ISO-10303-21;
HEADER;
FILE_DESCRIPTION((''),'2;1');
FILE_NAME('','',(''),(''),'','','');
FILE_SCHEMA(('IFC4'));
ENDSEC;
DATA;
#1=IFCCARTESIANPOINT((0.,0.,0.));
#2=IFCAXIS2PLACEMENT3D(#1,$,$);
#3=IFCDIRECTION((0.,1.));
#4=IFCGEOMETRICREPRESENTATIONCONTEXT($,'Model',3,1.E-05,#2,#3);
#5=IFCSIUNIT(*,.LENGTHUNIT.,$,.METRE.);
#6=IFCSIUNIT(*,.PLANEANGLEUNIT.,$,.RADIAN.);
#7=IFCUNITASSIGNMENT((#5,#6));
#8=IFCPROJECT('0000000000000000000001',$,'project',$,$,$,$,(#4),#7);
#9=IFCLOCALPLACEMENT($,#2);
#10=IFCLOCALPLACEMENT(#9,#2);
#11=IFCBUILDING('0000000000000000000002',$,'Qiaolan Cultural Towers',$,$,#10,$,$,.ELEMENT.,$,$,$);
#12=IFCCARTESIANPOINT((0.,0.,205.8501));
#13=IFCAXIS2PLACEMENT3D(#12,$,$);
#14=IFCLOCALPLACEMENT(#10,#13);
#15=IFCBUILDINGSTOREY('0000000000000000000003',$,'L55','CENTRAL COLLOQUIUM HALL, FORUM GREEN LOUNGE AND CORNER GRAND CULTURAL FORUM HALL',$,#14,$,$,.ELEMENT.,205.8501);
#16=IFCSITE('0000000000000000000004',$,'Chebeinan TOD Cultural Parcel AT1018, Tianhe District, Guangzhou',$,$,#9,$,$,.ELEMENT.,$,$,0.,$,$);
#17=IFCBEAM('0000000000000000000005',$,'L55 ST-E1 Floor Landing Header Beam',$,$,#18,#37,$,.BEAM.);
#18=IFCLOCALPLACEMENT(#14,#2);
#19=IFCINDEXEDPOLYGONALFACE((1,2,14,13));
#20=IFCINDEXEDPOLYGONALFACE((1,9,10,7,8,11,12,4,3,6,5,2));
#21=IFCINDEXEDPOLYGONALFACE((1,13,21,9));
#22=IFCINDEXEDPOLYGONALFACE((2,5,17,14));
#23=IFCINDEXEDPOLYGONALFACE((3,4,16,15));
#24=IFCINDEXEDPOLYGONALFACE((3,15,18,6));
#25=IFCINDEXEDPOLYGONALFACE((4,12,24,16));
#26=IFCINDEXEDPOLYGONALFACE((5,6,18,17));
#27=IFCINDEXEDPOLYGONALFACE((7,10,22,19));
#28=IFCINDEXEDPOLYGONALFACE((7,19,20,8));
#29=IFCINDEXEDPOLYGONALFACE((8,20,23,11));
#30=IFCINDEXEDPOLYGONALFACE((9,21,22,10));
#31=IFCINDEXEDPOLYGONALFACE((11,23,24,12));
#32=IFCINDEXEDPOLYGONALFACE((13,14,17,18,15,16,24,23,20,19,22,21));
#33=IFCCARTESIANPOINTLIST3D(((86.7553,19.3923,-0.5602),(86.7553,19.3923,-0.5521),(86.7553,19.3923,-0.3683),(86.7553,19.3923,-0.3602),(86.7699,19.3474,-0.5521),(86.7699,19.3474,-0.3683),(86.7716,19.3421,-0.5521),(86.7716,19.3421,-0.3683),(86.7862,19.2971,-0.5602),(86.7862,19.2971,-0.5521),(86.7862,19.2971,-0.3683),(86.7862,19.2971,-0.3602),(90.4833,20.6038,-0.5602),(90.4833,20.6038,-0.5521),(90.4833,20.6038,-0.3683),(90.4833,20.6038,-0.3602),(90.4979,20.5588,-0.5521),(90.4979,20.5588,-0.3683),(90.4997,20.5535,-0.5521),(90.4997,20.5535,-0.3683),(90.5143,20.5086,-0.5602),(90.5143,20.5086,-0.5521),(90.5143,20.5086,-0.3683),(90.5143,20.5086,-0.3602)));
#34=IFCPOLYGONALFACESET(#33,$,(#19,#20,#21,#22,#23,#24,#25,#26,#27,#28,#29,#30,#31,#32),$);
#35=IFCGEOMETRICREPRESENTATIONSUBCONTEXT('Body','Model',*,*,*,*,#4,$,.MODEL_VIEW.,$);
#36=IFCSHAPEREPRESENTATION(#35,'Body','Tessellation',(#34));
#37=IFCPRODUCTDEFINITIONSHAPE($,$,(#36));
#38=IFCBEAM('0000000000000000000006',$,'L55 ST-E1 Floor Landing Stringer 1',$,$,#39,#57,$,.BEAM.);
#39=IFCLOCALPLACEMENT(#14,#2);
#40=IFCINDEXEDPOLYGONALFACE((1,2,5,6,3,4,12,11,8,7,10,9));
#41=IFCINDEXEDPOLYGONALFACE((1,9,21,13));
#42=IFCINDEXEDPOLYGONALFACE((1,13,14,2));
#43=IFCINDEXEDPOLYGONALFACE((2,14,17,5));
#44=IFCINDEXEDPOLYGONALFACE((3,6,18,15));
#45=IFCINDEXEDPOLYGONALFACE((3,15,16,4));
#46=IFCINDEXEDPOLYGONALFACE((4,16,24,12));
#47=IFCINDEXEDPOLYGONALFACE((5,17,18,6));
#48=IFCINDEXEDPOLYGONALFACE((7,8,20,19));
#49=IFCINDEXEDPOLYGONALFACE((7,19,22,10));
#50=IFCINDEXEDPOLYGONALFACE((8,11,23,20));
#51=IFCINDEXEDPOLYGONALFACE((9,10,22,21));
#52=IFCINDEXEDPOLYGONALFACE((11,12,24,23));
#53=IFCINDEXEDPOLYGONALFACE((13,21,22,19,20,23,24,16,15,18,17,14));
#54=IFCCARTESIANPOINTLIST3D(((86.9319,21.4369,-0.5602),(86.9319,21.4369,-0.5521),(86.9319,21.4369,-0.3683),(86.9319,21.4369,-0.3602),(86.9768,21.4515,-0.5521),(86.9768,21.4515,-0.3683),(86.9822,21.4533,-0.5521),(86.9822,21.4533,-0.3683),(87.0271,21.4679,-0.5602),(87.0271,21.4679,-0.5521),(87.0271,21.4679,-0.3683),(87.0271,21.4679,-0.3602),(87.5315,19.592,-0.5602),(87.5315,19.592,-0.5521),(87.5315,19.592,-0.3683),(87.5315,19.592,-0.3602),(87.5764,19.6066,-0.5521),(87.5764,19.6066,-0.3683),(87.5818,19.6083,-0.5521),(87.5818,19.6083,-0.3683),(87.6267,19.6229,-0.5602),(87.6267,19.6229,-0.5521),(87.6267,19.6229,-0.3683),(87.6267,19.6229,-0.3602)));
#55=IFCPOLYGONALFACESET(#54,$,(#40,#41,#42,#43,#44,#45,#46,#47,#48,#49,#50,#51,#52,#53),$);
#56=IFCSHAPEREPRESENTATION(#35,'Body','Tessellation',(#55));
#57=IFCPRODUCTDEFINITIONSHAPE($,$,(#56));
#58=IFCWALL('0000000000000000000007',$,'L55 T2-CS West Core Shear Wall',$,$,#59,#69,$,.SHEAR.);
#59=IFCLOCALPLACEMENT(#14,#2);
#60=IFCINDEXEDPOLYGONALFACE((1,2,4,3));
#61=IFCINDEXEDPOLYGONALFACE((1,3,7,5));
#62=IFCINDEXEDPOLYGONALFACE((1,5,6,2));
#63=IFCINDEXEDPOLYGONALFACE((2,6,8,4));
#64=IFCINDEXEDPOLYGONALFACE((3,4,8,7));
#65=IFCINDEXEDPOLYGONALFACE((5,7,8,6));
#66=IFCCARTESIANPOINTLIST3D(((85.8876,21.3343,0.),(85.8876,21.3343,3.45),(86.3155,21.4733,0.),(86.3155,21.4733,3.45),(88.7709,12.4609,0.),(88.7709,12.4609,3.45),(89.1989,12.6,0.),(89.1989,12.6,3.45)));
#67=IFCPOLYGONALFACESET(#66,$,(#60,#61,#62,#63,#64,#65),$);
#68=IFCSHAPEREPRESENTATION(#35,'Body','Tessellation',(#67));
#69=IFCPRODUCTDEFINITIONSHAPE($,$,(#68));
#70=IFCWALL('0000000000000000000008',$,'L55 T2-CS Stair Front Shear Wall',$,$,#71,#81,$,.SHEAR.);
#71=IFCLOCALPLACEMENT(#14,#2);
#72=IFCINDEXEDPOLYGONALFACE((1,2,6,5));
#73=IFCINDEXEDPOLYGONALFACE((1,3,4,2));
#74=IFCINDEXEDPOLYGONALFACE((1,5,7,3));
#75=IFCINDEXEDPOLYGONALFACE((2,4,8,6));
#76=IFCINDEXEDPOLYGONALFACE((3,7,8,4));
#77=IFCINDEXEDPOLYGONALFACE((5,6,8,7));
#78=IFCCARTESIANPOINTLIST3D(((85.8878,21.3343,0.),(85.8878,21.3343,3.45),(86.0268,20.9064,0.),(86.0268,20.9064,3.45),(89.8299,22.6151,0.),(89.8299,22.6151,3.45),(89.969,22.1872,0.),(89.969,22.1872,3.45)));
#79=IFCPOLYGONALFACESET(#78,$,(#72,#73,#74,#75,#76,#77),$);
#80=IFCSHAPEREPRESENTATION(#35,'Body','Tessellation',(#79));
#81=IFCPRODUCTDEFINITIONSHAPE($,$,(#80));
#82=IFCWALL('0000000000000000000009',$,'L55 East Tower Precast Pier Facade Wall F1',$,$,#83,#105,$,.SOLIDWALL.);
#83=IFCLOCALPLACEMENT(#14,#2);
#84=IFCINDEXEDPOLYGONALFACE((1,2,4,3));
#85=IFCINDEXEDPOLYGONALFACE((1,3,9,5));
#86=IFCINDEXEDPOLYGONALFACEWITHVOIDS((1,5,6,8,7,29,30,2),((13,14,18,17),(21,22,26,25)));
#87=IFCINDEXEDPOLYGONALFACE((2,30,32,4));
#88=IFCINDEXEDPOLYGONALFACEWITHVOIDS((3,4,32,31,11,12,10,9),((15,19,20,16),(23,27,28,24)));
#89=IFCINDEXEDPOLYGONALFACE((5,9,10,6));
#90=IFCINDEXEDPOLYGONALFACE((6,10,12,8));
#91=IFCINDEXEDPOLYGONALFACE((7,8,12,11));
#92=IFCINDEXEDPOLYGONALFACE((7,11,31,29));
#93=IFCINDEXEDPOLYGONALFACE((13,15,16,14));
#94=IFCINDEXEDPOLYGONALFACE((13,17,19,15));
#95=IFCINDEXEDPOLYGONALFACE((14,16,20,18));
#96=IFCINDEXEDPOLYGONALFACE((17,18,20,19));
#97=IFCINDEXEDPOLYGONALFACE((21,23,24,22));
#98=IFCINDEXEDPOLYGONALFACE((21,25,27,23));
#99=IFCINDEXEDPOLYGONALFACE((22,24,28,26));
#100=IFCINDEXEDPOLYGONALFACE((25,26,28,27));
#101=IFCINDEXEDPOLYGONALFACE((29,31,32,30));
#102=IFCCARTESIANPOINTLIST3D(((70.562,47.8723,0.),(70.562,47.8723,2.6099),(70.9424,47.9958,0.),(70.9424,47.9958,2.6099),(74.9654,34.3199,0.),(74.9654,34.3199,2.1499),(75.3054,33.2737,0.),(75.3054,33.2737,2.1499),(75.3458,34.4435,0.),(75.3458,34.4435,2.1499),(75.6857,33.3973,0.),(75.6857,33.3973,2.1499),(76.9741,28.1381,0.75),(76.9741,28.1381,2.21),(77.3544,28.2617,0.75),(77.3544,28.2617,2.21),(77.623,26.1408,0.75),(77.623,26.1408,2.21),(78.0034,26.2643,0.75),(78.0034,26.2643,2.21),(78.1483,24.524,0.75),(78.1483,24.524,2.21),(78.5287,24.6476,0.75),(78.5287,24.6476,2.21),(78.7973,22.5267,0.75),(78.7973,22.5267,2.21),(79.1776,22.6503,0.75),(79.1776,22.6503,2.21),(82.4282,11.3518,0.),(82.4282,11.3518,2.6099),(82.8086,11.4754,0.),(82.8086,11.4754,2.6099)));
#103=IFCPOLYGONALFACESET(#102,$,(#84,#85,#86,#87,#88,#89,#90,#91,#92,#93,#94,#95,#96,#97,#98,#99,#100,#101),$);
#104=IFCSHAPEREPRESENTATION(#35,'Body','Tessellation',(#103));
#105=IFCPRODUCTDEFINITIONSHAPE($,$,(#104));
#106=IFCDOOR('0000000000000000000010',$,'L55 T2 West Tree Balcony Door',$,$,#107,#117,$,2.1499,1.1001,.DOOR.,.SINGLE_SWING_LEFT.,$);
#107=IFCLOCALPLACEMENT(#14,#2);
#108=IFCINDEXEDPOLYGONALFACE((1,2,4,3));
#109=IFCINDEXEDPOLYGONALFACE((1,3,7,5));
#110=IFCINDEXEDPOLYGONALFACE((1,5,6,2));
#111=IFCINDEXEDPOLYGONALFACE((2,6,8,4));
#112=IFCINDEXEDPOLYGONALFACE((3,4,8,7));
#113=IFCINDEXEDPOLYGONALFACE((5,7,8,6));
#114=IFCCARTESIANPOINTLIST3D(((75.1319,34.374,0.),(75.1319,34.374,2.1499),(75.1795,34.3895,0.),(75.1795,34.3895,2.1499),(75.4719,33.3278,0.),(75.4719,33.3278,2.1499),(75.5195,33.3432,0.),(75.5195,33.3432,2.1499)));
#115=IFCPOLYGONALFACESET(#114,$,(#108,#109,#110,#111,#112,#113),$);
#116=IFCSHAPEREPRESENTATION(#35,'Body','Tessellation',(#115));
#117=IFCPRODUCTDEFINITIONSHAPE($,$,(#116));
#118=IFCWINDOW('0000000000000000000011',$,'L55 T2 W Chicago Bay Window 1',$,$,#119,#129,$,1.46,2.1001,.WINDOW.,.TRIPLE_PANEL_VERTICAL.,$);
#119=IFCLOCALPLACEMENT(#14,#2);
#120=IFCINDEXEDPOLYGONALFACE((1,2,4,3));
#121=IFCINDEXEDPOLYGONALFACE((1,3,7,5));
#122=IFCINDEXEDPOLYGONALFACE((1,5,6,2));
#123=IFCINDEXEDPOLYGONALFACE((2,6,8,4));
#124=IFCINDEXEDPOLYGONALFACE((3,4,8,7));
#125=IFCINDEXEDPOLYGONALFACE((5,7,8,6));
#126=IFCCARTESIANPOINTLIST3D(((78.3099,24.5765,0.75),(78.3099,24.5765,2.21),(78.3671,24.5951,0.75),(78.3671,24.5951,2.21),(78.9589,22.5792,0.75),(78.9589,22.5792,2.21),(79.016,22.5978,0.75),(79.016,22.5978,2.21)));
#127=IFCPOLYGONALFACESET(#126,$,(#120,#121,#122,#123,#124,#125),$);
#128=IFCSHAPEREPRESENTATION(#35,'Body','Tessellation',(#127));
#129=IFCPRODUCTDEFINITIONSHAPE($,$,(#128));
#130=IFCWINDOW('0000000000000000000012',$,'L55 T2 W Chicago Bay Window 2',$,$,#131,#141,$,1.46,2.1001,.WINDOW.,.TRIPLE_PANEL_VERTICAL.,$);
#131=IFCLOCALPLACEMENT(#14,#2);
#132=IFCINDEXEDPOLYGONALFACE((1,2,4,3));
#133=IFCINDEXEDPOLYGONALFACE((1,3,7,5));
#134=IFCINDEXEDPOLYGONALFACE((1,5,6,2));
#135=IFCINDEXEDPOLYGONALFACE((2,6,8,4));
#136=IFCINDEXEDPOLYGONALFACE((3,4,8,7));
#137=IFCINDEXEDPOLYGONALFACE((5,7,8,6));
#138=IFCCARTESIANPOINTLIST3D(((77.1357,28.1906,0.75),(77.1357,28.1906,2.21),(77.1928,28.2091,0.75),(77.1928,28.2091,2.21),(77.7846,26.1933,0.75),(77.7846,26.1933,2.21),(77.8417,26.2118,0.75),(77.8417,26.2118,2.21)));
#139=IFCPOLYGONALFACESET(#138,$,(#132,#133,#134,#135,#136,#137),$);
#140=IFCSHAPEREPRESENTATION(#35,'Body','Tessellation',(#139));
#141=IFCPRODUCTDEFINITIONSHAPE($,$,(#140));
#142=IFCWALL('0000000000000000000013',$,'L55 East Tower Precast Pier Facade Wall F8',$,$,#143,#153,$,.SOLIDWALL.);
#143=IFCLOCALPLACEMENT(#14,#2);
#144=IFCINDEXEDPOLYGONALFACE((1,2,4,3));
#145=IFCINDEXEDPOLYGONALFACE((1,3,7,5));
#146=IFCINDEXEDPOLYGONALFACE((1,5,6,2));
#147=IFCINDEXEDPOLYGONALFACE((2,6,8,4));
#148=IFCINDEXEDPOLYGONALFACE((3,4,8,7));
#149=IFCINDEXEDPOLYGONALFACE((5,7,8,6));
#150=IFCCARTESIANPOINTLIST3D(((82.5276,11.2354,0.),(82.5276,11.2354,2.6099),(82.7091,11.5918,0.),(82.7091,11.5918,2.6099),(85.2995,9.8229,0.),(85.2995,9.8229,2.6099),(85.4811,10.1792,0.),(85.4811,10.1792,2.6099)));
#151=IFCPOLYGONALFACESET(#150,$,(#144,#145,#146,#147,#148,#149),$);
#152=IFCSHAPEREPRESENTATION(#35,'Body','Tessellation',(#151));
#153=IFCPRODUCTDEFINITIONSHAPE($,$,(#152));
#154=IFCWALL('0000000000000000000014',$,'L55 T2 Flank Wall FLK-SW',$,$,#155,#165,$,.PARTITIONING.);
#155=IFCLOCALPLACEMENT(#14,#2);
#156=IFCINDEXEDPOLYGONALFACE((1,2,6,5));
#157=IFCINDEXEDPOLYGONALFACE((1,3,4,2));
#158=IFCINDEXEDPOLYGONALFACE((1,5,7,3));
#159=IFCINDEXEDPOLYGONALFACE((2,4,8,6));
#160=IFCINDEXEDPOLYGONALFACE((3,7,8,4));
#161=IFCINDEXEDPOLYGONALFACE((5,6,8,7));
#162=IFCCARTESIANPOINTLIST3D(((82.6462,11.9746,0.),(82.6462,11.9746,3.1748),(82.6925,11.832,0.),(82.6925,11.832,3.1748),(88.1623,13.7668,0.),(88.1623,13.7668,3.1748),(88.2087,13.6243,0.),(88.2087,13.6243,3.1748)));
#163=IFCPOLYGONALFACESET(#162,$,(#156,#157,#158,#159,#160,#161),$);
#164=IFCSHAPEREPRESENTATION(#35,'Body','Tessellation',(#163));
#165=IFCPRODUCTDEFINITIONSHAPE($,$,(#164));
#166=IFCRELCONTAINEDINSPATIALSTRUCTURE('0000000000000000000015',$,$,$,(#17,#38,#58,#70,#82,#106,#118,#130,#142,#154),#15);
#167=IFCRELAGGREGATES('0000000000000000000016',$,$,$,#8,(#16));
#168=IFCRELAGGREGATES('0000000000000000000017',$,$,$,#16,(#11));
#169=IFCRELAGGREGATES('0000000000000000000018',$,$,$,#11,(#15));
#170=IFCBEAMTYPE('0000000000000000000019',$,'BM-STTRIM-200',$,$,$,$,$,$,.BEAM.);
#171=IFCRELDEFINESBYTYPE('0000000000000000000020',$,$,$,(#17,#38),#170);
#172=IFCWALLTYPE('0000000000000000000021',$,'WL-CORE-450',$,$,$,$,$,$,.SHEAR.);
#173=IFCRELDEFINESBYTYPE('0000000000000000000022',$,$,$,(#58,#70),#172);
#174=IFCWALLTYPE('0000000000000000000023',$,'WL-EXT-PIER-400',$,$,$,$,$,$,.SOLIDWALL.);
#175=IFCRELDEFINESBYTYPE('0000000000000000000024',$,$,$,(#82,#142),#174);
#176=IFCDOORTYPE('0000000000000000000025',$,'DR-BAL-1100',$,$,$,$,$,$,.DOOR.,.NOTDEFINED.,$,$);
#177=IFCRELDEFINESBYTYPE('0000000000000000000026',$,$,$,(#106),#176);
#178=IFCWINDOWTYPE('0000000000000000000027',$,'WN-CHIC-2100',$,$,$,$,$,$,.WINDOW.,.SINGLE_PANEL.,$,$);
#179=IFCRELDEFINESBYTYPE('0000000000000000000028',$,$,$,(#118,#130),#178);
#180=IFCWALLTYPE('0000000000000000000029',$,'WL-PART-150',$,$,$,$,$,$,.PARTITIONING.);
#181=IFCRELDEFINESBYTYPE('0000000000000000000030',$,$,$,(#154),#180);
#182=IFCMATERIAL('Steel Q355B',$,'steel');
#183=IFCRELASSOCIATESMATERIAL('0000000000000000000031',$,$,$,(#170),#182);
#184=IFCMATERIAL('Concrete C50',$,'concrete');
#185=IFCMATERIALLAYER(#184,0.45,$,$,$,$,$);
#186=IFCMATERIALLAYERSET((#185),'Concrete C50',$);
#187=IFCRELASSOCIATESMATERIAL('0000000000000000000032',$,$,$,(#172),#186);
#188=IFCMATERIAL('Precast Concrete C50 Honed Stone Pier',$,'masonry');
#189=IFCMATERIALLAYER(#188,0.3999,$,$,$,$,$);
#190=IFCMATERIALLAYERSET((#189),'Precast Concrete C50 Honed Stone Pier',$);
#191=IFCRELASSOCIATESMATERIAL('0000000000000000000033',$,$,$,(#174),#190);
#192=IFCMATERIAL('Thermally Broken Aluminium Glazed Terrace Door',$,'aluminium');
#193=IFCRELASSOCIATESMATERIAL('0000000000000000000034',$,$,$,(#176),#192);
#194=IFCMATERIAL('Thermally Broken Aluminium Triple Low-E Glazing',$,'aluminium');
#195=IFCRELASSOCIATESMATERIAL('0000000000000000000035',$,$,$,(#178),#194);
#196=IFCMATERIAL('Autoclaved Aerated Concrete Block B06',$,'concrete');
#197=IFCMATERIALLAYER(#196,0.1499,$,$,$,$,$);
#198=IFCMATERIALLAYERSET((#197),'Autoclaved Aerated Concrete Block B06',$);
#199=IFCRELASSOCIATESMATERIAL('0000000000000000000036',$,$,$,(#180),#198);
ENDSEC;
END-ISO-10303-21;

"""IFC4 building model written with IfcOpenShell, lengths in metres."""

from ifc_helpers import new_model, si_unit, direction, frame, frame_2d, origin, origin_2d, place, context, subcontext, project, spatial, rectangle, i_section, extrude, material, layer, layer_set, material_profile, profile_set, type_object, element, fill, save


model = new_model("IFC4")

# Units and contexts
model_context = context("Model", 3, precision=1e-05, world=origin(), true_north=direction((0.0, 1.0)))
body_context = subcontext(model_context, "Body", "Model", "MODEL_VIEW")
ifc_project = project(units=[si_unit("LENGTHUNIT", "METRE"), si_unit("PLANEANGLEUNIT", "RADIAN")], contexts=[model_context])

# Site, building, storey
site_placement = place(None, origin())
site = spatial("IfcSite", under=ifc_project, at=site_placement, Name="Chebeinan TOD Cultural Parcel AT1018, Tianhe District, Guangzhou", CompositionType="ELEMENT", RefElevation=0.0)
building_placement = place(site_placement, origin())
building = spatial("IfcBuilding", under=site, at=building_placement, Name="Qiaolan Cultural Towers", CompositionType="ELEMENT")
storey_placement = place(building_placement, frame((0.0, 0.0, 205.8501)))
storey = spatial("IfcBuildingStorey", under=building, at=storey_placement, Name="L55", Description="CENTRAL COLLOQUIUM HALL, FORUM GREEN LOUNGE AND CORNER GRAND CULTURAL FORUM HALL", CompositionType="ELEMENT", Elevation=205.8501)

# Beams
ifc_material_1 = material(Name="Steel Q355B", Category="steel")
ifc_material_profile_1 = material_profile(ifc_material_1, i_section(OverallWidth=0.1001, OverallDepth=0.2, WebThickness=0.0056, FlangeThickness=0.0081, at=origin_2d()), Name="HN200x100x5.5x8")
ifc_profile_set_1 = profile_set([ifc_material_profile_1], Name="Steel Q355B")
beam_type_1 = type_object("IfcBeamType", Name="BM-STTRIM-200", PredefinedType="BEAM", material=ifc_profile_set_1)
beam_1_placement = place(storey_placement, frame((86.7708, 19.3447, -0.4602), z_axis=(0.951048, 0.309044, 0.0), x_axis=(-0.309044, 0.951048, 0.0)))
element("IfcBeam", 1, at=beam_1_placement, inside=storey, type_object=beam_type_1, Name="L55 ST-E1 Floor Landing Header Beam", PredefinedType="BEAM", context=body_context, shape_type="SweptSolid", body=[
    extrude(i_section(OverallWidth=0.1001, OverallDepth=0.2, WebThickness=0.0056, FlangeThickness=0.0081, at=origin_2d()), origin(), (0.0, 0.0, 1.0), 3.9199),
])
beam_2_placement = place(storey_placement, frame((86.9795, 21.4524, -0.4602), z_axis=(0.309083, -0.951035, 0.0), x_axis=(0.951035, 0.309083, 0.0)))
element("IfcBeam", 2, at=beam_2_placement, inside=storey, type_object=beam_type_1, Name="L55 ST-E1 Floor Landing Stringer 1", PredefinedType="BEAM", context=body_context, shape_type="SweptSolid", body=[
    extrude(i_section(OverallWidth=0.1001, OverallDepth=0.2, WebThickness=0.0056, FlangeThickness=0.0081, at=origin_2d()), origin(), (0.0, 0.0, 1.0), 1.9399),
])

# Walls
ifc_material_2 = material(Name="Concrete C50", Category="concrete")
ifc_layer_1 = layer(ifc_material_2, 0.45)
ifc_layer_set_1 = layer_set([ifc_layer_1], Name="Concrete C50")
wall_type_1 = type_object("IfcWallType", Name="WL-CORE-450", PredefinedType="SHEAR", material=ifc_layer_set_1)
wall_1_placement = place(storey_placement, frame((86.1016, 21.4038, 0.0), z_axis=(0.0, 0.0, 1.0), x_axis=(0.309036, -0.95105, 0.0)))
element("IfcWall", 3, at=wall_1_placement, inside=storey, type_object=wall_type_1, Name="L55 T2-CS West Core Shear Wall", PredefinedType="SHEAR", context=body_context, shape_type="SweptSolid", body=[
    extrude(rectangle(XDim=9.3301, YDim=0.45, at=frame_2d((4.665, 0.0))), origin(), (0.0, 0.0, 1.0), 3.45),
])
wall_2_placement = place(storey_placement, frame((85.9573, 21.1204, 0.0), z_axis=(0.0, 0.0, 1.0), x_axis=(0.951065, 0.308992, 0.0)))
element("IfcWall", 4, at=wall_2_placement, inside=storey, type_object=wall_type_1, Name="L55 T2-CS Stair Front Shear Wall", PredefinedType="SHEAR", context=body_context, shape_type="SweptSolid", body=[
    extrude(rectangle(XDim=4.145, YDim=0.45, at=frame_2d((2.0725, 0.0))), origin(), (0.0, 0.0, 1.0), 3.45),
])

# Wall, openings, door, windows
ifc_material_3 = material(Name="Precast Concrete C50 Honed Stone Pier", Category="masonry")
ifc_layer_2 = layer(ifc_material_3, 0.3999)
ifc_layer_set_2 = layer_set([ifc_layer_2], Name="Precast Concrete C50 Honed Stone Pier")
wall_type_2 = type_object("IfcWallType", Name="WL-EXT-PIER-400", PredefinedType="SOLIDWALL", material=ifc_layer_set_2)
wall_3_placement = place(storey_placement, frame((82.6184, 11.4136, 0.0), z_axis=(0.0, 0.0, 1.0), x_axis=(-0.309016, 0.951057, 0.0)))
wall_3 = element("IfcWall", 5, at=wall_3_placement, inside=storey, type_object=wall_type_2, Name="L55 East Tower Precast Pier Facade Wall F1", PredefinedType="SOLIDWALL", context=body_context, shape_type="SweptSolid", body=[
    extrude(rectangle(XDim=38.3999, YDim=0.3999, at=frame_2d((19.2, 0.0))), origin(), (0.0, 0.0, 1.0), 2.6099),
])
opening_1_placement = place(wall_3_placement, frame((11.75, 0.0, 0.75)))
opening_1 = element("IfcOpeningElement", 6, at=opening_1_placement, cuts=wall_3, PredefinedType="OPENING", context=body_context, shape_type="SweptSolid", body=[
    extrude(rectangle(XDim=2.1001, YDim=1.46, at=frame_2d((1.05, 0.73))), frame((0.0, 0.21, 0.0), z_axis=(0.0, -1.0, 0.0), x_axis=(1.0, 0.0, 0.0)), (0.0, 0.0, 1.0), 0.4199),
])
opening_2_placement = place(wall_3_placement, frame((15.55, 0.0, 0.75)))
opening_2 = element("IfcOpeningElement", 7, at=opening_2_placement, cuts=wall_3, PredefinedType="OPENING", context=body_context, shape_type="SweptSolid", body=[
    extrude(rectangle(XDim=2.1001, YDim=1.46, at=frame_2d((1.05, 0.73))), frame((0.0, 0.21, 0.0), z_axis=(0.0, -1.0, 0.0), x_axis=(1.0, 0.0, 0.0)), (0.0, 0.0, 1.0), 0.4199),
])
opening_3_placement = place(wall_3_placement, frame((23.05, 0.0, 0.0)))
opening_3 = element("IfcOpeningElement", 8, at=opening_3_placement, cuts=wall_3, PredefinedType="OPENING", context=body_context, shape_type="SweptSolid", body=[
    extrude(rectangle(XDim=1.1001, YDim=2.1499, at=frame_2d((0.55, 1.075))), frame((0.0, 0.21, 0.0), z_axis=(0.0, -1.0, 0.0), x_axis=(1.0, 0.0, 0.0)), (0.0, 0.0, 1.0), 0.4199),
])
ifc_material_4 = material(Name="Thermally Broken Aluminium Glazed Terrace Door", Category="aluminium")
door_type_1 = type_object("IfcDoorType", Name="DR-BAL-1100", OperationType="NOTDEFINED", PredefinedType="DOOR", material=ifc_material_4)
door_1_placement = place(opening_3_placement, origin())
door_1 = element("IfcDoor", 9, at=door_1_placement, inside=storey, type_object=door_type_1, Name="L55 T2 West Tree Balcony Door", OperationType="SINGLE_SWING_LEFT", OverallHeight=2.1499, OverallWidth=1.1001, PredefinedType="DOOR", context=body_context, shape_type="SweptSolid", body=[
    extrude(rectangle(XDim=1.1001, YDim=2.1499, at=frame_2d((0.55, 1.075))), frame((0.0, 0.0249, 0.0), z_axis=(0.0, -1.0, 0.0), x_axis=(1.0, 0.0, 0.0)), (0.0, 0.0, 1.0), 0.05),
])
fill(opening_3, door_1)
ifc_material_5 = material(Name="Thermally Broken Aluminium Triple Low-E Glazing", Category="aluminium")
window_type = type_object("IfcWindowType", Name="WN-CHIC-2100", PartitioningType="SINGLE_PANEL", PredefinedType="WINDOW", material=ifc_material_5)
window_1_placement = place(opening_1_placement, origin())
window_1 = element("IfcWindow", 10, at=window_1_placement, inside=storey, type_object=window_type, Name="L55 T2 W Chicago Bay Window 1", OverallHeight=1.46, OverallWidth=2.1001, PartitioningType="TRIPLE_PANEL_VERTICAL", PredefinedType="WINDOW", context=body_context, shape_type="SweptSolid", body=[
    extrude(rectangle(XDim=2.1001, YDim=1.46, at=frame_2d((1.05, 0.73))), frame((0.0, 0.03, 0.0), z_axis=(0.0, -1.0, 0.0), x_axis=(1.0, 0.0, 0.0)), (0.0, 0.0, 1.0), 0.0601),
])
fill(opening_1, window_1)
window_2_placement = place(opening_2_placement, origin())
window_2 = element("IfcWindow", 11, at=window_2_placement, inside=storey, type_object=window_type, Name="L55 T2 W Chicago Bay Window 2", OverallHeight=1.46, OverallWidth=2.1001, PartitioningType="TRIPLE_PANEL_VERTICAL", PredefinedType="WINDOW", context=body_context, shape_type="SweptSolid", body=[
    extrude(rectangle(XDim=2.1001, YDim=1.46, at=frame_2d((1.05, 0.73))), frame((0.0, 0.03, 0.0), z_axis=(0.0, -1.0, 0.0), x_axis=(1.0, 0.0, 0.0)), (0.0, 0.0, 1.0), 0.0601),
])
fill(opening_2, window_2)

# Walls
wall_4_placement = place(storey_placement, frame((85.3904, 10.001, 0.0), z_axis=(0.0, 0.0, 1.0), x_axis=(-0.89098, 0.454043, 0.0)))
element("IfcWall", 12, at=wall_4_placement, inside=storey, type_object=wall_type_2, Name="L55 East Tower Precast Pier Facade Wall F8", PredefinedType="SOLIDWALL", context=body_context, shape_type="SweptSolid", body=[
    extrude(rectangle(XDim=3.1111, YDim=0.3999, at=frame_2d((1.5557, 0.0))), origin(), (0.0, 0.0, 1.0), 2.6099),
])
ifc_material_6 = material(Name="Autoclaved Aerated Concrete Block B06", Category="concrete")
ifc_layer_3 = layer(ifc_material_6, 0.1499)
ifc_layer_set_3 = layer_set([ifc_layer_3], Name="Autoclaved Aerated Concrete Block B06")
wall_type_3 = type_object("IfcWallType", Name="WL-PART-150", PredefinedType="PARTITIONING", material=ifc_layer_set_3)
wall_5_placement = place(storey_placement, frame((82.6694, 11.9033, 0.0), z_axis=(0.0, 0.0, 1.0), x_axis=(0.951059, 0.309008, 0.0)))
element("IfcWall", 13, at=wall_5_placement, inside=storey, type_object=wall_type_3, Name="L55 T2 Flank Wall FLK-SW", PredefinedType="PARTITIONING", context=body_context, shape_type="SweptSolid", body=[
    extrude(rectangle(XDim=5.8, YDim=0.1499, at=frame_2d((2.8999, 0.0))), origin(), (0.0, 0.0, 1.0), 3.1748),
])

save(model, "model.ifc")
